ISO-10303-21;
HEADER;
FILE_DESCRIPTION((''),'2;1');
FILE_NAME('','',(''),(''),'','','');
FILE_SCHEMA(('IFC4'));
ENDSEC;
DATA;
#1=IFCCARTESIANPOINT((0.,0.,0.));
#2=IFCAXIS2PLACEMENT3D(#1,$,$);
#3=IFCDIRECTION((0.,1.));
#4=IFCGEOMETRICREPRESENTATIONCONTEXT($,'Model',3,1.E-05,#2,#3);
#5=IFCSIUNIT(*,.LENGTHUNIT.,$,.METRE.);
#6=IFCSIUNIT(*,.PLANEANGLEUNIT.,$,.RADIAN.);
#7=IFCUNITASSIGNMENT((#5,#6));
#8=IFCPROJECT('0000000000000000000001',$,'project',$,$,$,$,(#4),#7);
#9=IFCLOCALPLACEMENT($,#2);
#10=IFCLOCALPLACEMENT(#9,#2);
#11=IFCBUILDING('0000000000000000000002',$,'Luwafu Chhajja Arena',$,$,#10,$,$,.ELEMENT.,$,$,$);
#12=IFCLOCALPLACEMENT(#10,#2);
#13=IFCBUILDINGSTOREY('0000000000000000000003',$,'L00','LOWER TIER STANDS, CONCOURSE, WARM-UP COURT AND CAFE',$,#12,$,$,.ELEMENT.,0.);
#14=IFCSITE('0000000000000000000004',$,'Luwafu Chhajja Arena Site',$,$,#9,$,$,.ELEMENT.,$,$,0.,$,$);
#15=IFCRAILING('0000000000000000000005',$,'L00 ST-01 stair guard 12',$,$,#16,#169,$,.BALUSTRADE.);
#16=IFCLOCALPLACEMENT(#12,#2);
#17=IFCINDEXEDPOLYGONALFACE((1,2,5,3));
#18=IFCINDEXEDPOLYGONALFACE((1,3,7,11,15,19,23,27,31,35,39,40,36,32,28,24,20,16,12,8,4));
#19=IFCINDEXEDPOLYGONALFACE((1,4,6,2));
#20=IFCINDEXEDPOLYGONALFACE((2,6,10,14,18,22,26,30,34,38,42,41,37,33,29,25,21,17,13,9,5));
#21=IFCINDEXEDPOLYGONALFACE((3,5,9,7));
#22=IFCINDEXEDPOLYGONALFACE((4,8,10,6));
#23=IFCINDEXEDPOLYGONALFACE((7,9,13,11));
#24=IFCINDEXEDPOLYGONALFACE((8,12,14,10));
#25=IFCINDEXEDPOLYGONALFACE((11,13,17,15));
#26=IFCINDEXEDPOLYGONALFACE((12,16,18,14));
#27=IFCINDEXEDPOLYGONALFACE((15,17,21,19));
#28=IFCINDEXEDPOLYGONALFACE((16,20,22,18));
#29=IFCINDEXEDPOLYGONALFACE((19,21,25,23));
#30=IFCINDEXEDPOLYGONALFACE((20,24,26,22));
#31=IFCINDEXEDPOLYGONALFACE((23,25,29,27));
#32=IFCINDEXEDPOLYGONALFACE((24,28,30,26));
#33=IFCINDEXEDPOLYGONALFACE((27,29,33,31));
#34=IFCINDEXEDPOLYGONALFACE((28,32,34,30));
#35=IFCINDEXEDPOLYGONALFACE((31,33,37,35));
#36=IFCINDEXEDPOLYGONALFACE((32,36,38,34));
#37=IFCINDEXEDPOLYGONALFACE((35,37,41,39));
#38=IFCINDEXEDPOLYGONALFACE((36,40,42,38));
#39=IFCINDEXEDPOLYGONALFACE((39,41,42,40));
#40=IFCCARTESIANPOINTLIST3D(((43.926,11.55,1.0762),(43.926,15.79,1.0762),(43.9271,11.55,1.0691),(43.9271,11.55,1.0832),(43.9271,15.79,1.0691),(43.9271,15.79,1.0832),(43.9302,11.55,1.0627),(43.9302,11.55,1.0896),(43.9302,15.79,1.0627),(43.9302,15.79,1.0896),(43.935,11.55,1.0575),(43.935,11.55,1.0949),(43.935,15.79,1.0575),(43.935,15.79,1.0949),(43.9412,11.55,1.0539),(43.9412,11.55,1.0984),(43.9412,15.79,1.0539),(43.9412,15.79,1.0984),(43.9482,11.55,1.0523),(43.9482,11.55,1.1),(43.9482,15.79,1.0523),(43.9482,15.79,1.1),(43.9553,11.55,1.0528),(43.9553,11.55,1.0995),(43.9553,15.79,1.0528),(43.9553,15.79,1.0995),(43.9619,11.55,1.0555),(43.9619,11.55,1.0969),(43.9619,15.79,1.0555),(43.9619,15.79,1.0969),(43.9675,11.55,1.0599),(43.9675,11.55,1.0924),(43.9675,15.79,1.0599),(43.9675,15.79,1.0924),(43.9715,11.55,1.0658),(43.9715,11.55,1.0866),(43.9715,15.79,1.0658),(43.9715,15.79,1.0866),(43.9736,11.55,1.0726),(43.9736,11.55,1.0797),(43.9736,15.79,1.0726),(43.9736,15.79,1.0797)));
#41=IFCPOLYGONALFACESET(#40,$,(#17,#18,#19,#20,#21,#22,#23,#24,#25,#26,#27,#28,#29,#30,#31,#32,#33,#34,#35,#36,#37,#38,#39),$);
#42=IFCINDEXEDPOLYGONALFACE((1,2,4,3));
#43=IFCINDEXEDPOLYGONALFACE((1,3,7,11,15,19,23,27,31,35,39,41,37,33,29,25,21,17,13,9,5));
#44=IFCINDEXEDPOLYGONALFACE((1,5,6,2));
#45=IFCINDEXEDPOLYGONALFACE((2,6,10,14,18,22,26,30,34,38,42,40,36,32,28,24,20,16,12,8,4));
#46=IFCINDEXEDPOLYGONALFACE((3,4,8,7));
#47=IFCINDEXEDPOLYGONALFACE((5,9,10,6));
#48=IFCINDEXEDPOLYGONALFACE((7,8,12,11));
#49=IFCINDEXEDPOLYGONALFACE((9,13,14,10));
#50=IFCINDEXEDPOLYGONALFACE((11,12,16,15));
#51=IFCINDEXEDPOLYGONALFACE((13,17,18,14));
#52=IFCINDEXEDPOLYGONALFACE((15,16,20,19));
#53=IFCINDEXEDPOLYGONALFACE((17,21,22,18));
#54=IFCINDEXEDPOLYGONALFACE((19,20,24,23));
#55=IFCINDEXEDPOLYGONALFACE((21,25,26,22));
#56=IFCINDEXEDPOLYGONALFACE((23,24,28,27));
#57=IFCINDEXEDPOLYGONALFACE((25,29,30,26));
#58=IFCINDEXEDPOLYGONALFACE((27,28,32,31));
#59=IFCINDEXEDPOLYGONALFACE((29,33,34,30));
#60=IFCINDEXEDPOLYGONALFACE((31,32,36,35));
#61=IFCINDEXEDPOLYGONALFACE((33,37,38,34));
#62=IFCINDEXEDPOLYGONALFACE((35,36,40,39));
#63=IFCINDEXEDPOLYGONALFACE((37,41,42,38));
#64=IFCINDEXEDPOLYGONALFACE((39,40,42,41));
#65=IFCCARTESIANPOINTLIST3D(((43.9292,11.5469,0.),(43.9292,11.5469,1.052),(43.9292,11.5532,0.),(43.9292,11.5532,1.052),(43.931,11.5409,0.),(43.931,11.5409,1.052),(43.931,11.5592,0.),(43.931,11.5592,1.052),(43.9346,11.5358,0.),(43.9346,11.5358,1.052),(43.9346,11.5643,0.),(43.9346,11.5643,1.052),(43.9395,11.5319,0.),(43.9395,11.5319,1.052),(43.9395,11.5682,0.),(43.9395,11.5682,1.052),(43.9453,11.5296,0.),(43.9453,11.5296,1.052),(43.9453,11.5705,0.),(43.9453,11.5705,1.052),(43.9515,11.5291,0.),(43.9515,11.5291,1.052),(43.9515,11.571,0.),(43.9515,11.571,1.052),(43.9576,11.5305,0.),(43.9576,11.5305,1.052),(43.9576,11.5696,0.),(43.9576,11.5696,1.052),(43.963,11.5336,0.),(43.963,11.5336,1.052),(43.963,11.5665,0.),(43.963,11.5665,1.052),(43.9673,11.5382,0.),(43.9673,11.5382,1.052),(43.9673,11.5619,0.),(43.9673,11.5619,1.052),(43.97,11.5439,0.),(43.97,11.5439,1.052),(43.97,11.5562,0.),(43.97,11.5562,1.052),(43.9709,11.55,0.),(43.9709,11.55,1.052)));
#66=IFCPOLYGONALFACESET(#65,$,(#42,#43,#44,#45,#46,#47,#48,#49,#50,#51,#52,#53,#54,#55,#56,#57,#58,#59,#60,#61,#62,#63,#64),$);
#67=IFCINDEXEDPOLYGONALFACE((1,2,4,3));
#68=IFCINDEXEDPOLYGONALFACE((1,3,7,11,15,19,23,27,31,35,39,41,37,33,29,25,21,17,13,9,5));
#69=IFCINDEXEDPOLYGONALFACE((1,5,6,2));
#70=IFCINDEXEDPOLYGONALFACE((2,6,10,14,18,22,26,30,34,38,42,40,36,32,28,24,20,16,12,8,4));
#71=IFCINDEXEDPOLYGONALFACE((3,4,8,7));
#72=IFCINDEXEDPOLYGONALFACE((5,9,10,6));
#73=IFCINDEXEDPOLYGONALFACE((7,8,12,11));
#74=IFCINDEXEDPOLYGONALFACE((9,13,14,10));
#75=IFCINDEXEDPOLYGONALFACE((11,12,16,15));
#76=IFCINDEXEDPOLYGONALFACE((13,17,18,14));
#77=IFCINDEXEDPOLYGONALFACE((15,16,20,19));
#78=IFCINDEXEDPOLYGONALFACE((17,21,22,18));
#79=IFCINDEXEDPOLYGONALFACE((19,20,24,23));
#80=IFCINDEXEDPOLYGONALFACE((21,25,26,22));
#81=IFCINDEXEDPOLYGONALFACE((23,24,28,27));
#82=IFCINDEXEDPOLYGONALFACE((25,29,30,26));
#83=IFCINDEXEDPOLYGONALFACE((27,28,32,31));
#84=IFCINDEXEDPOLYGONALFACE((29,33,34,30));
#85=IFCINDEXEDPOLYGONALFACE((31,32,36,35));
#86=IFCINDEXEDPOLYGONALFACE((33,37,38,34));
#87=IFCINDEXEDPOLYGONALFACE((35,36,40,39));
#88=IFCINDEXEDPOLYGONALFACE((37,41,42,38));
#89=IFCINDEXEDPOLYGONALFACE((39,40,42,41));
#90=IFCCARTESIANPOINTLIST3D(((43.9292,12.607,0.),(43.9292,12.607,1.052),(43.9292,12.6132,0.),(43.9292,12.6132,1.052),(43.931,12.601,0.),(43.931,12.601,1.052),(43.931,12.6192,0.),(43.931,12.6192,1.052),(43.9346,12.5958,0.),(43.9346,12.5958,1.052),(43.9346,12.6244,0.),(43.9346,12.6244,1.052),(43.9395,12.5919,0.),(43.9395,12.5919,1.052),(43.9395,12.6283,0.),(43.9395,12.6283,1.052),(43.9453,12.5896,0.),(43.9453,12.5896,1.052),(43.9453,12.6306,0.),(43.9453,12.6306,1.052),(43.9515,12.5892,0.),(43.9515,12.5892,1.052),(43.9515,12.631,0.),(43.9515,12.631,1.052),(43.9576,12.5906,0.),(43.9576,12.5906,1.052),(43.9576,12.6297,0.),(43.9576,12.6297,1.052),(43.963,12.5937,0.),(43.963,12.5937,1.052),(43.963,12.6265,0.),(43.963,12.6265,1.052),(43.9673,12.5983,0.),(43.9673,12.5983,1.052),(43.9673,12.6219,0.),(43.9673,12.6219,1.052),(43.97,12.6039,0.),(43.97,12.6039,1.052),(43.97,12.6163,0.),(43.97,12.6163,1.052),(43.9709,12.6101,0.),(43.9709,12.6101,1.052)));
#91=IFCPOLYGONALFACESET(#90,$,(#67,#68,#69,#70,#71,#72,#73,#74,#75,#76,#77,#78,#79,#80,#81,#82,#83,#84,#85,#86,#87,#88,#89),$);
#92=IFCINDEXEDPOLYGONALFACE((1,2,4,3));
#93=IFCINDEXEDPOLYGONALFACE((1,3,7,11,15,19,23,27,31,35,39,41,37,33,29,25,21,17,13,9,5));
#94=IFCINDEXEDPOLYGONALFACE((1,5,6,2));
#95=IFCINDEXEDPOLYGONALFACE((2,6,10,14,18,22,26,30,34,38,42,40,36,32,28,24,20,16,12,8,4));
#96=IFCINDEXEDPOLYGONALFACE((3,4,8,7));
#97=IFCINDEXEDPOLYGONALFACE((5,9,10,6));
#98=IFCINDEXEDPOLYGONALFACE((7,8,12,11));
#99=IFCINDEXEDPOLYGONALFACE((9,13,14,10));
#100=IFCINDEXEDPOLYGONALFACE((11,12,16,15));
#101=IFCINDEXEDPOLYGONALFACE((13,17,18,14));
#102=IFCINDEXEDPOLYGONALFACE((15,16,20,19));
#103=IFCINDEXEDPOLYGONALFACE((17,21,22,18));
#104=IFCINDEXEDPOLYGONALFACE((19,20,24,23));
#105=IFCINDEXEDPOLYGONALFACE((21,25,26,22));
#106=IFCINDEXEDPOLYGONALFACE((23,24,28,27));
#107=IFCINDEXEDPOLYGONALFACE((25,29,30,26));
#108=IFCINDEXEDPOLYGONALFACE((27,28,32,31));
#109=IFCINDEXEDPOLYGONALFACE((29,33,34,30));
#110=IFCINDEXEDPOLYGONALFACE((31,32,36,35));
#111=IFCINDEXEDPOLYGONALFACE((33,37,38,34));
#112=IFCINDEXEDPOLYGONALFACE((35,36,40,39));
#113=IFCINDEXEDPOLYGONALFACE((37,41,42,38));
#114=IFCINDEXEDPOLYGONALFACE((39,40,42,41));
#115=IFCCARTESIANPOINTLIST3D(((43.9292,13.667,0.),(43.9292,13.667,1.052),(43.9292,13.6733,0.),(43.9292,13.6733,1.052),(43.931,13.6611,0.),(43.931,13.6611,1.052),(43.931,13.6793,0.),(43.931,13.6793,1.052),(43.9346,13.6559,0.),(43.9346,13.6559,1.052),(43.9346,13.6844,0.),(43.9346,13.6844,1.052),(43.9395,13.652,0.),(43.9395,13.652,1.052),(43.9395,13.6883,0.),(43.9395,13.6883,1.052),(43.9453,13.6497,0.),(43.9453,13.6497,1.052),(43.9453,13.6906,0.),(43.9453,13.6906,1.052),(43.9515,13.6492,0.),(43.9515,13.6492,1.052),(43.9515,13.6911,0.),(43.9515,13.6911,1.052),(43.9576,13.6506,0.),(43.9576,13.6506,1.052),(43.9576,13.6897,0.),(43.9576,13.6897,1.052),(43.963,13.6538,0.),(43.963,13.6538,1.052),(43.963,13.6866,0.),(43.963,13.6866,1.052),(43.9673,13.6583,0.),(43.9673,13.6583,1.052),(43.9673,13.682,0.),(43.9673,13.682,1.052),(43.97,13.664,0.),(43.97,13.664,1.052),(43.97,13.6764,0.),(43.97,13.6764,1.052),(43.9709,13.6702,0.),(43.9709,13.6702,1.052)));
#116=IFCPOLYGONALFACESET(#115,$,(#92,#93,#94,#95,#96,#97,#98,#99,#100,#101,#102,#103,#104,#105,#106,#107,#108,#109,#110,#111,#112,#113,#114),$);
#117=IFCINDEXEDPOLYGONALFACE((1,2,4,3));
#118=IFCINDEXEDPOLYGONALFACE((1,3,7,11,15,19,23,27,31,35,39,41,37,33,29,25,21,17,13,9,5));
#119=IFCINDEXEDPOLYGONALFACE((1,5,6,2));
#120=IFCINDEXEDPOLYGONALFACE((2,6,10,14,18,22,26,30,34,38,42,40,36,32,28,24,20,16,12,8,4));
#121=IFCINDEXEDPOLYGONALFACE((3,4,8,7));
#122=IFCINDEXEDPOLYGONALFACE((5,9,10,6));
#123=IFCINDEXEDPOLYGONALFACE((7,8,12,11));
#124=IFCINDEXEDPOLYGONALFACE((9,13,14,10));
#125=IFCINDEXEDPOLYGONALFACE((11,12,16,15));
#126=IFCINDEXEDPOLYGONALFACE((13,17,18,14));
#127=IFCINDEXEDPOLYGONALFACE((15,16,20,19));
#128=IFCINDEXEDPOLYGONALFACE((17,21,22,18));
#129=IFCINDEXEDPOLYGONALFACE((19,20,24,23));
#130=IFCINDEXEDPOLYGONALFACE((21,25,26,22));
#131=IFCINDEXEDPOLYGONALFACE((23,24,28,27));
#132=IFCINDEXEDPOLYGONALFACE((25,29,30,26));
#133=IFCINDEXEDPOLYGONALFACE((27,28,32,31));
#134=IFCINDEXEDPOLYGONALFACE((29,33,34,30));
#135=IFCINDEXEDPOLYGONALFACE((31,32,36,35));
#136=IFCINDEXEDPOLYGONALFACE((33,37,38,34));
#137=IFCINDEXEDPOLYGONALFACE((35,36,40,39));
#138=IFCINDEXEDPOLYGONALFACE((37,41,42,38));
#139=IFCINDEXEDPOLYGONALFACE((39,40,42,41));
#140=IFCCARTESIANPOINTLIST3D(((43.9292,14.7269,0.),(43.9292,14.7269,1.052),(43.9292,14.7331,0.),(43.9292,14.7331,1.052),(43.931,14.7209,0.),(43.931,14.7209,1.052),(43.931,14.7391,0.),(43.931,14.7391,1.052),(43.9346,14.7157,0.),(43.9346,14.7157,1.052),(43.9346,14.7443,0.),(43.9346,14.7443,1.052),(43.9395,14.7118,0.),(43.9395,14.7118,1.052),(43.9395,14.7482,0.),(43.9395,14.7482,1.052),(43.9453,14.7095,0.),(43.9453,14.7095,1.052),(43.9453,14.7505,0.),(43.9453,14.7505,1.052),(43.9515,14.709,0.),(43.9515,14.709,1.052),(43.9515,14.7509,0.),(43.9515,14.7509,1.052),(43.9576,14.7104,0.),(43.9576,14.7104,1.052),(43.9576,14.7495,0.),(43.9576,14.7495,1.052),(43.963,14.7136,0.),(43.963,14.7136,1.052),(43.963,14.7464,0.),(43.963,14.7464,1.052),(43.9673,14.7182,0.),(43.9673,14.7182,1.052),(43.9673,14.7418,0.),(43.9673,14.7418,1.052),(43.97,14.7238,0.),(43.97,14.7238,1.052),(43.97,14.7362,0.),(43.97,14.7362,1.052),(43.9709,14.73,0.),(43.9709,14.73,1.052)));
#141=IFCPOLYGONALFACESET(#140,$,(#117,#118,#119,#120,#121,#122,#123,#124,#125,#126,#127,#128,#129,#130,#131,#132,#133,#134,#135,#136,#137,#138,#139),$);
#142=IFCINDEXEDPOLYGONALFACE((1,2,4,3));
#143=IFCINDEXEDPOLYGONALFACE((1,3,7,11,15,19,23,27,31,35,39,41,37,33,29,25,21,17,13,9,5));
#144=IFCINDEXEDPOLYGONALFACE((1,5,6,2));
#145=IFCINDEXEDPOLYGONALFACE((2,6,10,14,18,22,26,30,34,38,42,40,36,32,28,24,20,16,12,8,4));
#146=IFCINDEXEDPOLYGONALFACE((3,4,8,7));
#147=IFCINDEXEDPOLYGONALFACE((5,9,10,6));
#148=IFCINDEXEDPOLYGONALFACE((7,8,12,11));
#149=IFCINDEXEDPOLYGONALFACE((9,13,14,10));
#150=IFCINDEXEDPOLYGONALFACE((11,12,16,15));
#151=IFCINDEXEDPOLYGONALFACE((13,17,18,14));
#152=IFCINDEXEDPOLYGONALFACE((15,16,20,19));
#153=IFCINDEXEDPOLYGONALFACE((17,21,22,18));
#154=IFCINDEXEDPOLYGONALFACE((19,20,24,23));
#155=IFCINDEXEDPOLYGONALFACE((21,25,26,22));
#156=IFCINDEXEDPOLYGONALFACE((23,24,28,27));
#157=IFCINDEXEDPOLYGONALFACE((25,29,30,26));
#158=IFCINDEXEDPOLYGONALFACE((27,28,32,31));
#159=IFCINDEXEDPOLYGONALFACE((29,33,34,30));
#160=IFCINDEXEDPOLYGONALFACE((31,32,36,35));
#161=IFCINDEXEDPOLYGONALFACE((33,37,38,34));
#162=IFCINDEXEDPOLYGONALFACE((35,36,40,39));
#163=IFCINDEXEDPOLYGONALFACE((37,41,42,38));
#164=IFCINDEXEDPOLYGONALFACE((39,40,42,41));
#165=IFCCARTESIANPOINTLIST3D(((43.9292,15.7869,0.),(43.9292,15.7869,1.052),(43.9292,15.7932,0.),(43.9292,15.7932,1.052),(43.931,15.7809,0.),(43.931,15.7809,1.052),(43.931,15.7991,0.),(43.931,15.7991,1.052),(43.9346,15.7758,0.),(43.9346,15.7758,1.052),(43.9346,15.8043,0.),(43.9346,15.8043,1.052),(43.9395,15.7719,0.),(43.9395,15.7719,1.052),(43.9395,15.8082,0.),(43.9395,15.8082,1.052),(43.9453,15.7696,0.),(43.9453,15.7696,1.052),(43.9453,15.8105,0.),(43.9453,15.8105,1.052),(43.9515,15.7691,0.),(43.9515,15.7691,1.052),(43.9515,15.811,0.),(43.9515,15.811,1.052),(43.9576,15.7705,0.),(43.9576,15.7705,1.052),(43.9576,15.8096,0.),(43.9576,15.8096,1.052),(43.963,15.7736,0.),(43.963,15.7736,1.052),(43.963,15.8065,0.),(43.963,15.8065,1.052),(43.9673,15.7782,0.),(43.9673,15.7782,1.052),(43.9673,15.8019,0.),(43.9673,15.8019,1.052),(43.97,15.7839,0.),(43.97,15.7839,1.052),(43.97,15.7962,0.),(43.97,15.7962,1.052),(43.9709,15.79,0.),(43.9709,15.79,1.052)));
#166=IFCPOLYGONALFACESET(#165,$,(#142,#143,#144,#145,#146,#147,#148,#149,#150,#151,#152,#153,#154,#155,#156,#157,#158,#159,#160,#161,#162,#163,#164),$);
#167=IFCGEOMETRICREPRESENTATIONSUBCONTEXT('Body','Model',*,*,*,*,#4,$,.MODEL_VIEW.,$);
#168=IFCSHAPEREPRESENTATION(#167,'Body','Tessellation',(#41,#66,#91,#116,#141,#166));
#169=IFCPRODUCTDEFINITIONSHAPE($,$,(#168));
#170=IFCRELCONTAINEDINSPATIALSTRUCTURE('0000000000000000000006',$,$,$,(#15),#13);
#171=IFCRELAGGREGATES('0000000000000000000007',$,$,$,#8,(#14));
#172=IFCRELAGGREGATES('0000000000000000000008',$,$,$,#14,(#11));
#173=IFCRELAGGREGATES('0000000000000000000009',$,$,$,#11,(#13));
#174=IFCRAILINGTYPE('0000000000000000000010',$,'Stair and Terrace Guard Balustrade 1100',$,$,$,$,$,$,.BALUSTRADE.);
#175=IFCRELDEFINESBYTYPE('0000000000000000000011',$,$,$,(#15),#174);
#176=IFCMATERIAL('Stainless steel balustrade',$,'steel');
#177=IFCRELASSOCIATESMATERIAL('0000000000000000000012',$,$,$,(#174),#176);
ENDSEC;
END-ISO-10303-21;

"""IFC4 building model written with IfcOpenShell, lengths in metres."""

from ifc_helpers import new_model, si_unit, direction, frame, origin, origin_2d, place, context, subcontext, project, spatial, circle, extrude, material, type_object, element, save


model = new_model("IFC4")

# Units and contexts
model_context = context("Model", 3, precision=1e-05, world=origin(), true_north=direction((0.0, 1.0)))
body_context = subcontext(model_context, "Body", "Model", "MODEL_VIEW")
ifc_project = project(units=[si_unit("LENGTHUNIT", "METRE"), si_unit("PLANEANGLEUNIT", "RADIAN")], contexts=[model_context])

# Site, building, storey
site_placement = place(None, origin())
site = spatial("IfcSite", under=ifc_project, at=site_placement, Name="Luwafu Chhajja Arena Site", CompositionType="ELEMENT", RefElevation=0.0)
building_placement = place(site_placement, origin())
building = spatial("IfcBuilding", under=site, at=building_placement, Name="Luwafu Chhajja Arena", CompositionType="ELEMENT")
storey_placement = place(building_placement, origin())
storey = spatial("IfcBuildingStorey", under=building, at=storey_placement, Name="L00", Description="LOWER TIER STANDS, CONCOURSE, WARM-UP COURT AND CAFE", CompositionType="ELEMENT", Elevation=0.0)

# Railing
ifc_material_1 = material(Name="Stainless steel balustrade", Category="steel")
railing_type_1 = type_object("IfcRailingType", Name="Stair and Terrace Guard Balustrade 1100", PredefinedType="BALUSTRADE", material=ifc_material_1)
for number, where, name in (
    (1, (43.95, 11.55, 0.0), "L00 ST-01 stair guard 12"),
):
    element("IfcRailing", number, at=place(storey_placement, frame(where)), inside=storey, type_object=railing_type_1, Name=name, PredefinedType="BALUSTRADE", context=body_context, shape_type="SweptSolid", body=[
        extrude(circle(Radius=0.0239, at=origin_2d()), frame((0.0, 0.0, 1.0762), z_axis=(0.0, 1.0, 0.0), x_axis=(-1.0, 0.0, 0.0)), (0.0, 0.0, 1.0), 4.24),
        extrude(circle(Radius=0.021, at=origin_2d()), origin(), (0.0, 0.0, 1.0), 1.052),
        extrude(circle(Radius=0.021, at=origin_2d()), frame((0.0, 1.0601, 0.0)), (0.0, 0.0, 1.0), 1.052),
        extrude(circle(Radius=0.021, at=origin_2d()), frame((0.0, 2.1201, 0.0)), (0.0, 0.0, 1.0), 1.052),
        extrude(circle(Radius=0.021, at=origin_2d()), frame((0.0, 3.1799, 0.0)), (0.0, 0.0, 1.0), 1.052),
        extrude(circle(Radius=0.021, at=origin_2d()), frame((0.0, 4.24, 0.0)), (0.0, 0.0, 1.0), 1.052),
    ])

save(model, "model.ifc")
